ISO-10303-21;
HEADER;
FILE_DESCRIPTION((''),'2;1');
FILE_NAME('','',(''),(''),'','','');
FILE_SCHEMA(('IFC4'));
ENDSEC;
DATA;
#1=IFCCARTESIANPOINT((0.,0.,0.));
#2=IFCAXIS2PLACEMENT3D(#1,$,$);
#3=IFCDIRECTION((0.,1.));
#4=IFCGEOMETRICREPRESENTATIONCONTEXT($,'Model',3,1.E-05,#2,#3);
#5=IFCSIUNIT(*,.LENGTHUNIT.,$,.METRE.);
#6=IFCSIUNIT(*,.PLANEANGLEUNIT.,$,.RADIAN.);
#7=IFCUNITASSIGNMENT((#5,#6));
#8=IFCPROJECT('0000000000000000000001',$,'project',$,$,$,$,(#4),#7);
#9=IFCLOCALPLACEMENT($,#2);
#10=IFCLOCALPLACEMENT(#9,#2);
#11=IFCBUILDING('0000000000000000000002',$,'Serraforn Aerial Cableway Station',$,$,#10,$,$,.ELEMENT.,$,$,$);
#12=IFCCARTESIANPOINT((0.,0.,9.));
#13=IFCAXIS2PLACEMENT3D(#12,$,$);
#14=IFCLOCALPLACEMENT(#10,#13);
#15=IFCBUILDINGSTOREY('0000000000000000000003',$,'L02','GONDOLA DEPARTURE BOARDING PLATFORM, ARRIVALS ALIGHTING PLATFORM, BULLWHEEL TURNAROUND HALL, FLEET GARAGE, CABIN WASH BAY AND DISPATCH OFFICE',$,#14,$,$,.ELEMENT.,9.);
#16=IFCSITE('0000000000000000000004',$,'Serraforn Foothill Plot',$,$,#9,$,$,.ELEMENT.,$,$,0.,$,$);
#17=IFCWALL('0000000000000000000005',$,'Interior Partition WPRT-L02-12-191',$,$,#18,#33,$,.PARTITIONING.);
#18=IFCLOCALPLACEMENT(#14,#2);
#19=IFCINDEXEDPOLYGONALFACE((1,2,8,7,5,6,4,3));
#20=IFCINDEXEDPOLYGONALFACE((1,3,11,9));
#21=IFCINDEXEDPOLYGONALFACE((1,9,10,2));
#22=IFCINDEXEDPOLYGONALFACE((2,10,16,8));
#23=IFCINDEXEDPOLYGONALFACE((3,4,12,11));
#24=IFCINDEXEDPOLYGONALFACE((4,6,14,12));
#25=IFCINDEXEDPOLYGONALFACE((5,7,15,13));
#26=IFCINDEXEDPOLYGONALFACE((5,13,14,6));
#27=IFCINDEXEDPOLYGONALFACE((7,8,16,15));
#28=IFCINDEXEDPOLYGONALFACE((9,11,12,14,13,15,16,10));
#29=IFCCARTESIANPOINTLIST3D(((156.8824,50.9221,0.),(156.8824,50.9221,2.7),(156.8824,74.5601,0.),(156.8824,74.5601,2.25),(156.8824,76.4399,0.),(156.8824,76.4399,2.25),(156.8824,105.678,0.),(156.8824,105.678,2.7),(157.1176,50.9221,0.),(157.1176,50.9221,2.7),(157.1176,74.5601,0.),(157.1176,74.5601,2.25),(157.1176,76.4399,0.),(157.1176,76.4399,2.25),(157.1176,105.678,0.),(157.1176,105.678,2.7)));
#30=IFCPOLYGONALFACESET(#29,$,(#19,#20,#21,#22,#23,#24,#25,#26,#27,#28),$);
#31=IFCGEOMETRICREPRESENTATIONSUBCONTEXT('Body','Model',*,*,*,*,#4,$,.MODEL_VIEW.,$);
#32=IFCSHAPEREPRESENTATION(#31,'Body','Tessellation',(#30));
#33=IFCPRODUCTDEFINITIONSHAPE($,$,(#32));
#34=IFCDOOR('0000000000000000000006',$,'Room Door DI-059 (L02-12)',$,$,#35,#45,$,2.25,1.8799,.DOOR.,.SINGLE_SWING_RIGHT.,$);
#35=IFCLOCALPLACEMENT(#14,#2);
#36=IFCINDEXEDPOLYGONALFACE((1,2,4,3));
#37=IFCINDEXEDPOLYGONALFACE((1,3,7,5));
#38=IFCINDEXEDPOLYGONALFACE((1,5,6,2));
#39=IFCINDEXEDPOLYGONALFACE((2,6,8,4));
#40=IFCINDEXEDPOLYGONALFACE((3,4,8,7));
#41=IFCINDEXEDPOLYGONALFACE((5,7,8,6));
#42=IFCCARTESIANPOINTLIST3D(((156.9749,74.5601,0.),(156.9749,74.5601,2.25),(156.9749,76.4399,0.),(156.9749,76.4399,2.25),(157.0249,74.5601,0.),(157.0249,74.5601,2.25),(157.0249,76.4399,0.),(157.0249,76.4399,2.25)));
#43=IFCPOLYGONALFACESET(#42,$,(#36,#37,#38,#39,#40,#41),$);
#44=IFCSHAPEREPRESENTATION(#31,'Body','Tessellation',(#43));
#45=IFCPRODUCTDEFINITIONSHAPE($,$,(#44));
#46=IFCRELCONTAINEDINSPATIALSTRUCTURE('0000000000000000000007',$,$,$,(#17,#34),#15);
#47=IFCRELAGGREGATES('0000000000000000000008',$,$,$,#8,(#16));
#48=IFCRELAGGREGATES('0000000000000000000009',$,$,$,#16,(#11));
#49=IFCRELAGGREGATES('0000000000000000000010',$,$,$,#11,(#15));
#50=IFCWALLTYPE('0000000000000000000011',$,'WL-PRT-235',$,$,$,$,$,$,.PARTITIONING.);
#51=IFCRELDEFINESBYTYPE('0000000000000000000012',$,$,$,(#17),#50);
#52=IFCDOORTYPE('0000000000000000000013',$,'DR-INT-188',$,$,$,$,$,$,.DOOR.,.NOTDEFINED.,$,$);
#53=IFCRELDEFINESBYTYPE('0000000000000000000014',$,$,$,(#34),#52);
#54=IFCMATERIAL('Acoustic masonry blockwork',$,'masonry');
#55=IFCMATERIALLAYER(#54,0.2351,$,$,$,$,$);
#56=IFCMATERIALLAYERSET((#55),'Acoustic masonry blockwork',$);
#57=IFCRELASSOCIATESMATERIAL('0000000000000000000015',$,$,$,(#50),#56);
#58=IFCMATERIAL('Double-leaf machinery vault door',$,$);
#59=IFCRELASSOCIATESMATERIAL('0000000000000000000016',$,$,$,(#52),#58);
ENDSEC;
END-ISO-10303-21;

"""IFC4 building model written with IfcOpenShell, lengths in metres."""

from ifc_helpers import new_model, si_unit, direction, frame, frame_2d, origin, place, context, subcontext, project, spatial, rectangle, extrude, material, layer, layer_set, type_object, element, fill, save


model = new_model("IFC4")

# Units and contexts
model_context = context("Model", 3, precision=1e-05, world=origin(), true_north=direction((0.0, 1.0)))
body_context = subcontext(model_context, "Body", "Model", "MODEL_VIEW")
ifc_project = project(units=[si_unit("LENGTHUNIT", "METRE"), si_unit("PLANEANGLEUNIT", "RADIAN")], contexts=[model_context])

# Site, building, storey
site_placement = place(None, origin())
site = spatial("IfcSite", under=ifc_project, at=site_placement, Name="Serraforn Foothill Plot", CompositionType="ELEMENT", RefElevation=0.0)
building_placement = place(site_placement, origin())
building = spatial("IfcBuilding", under=site, at=building_placement, Name="Serraforn Aerial Cableway Station", CompositionType="ELEMENT")
storey_placement = place(building_placement, frame((0.0, 0.0, 9.0)))
storey = spatial("IfcBuildingStorey", under=building, at=storey_placement, Name="L02", Description="GONDOLA DEPARTURE BOARDING PLATFORM, ARRIVALS ALIGHTING PLATFORM, BULLWHEEL TURNAROUND HALL, FLEET GARAGE, CABIN WASH BAY AND DISPATCH OFFICE", CompositionType="ELEMENT", Elevation=9.0)

# Wall, opening, door
ifc_material_1 = material(Name="Acoustic masonry blockwork", Category="masonry")
ifc_layer_1 = layer(ifc_material_1, 0.2351)
ifc_layer_set_1 = layer_set([ifc_layer_1], Name="Acoustic masonry blockwork")
wall_type_1 = type_object("IfcWallType", Name="WL-PRT-235", PredefinedType="PARTITIONING", material=ifc_layer_set_1)
wall_1_placement = place(storey_placement, frame((157.0, 105.678, 0.0), z_axis=(0.0, 0.0, 1.0), x_axis=(0.0, -1.0, 0.0)))
wall_1 = element("IfcWall", 1, at=wall_1_placement, inside=storey, type_object=wall_type_1, Name="Interior Partition WPRT-L02-12-191", PredefinedType="PARTITIONING", context=body_context, shape_type="SweptSolid", body=[
    extrude(rectangle(XDim=54.7559, YDim=0.2351, at=frame_2d((27.3779, 0.0))), origin(), (0.0, 0.0, 1.0), 2.7),
])
opening_placement = place(wall_1_placement, frame((29.238, 0.0, 0.0)))
opening = element("IfcOpeningElement", 2, at=opening_placement, cuts=wall_1, PredefinedType="OPENING", context=body_context, shape_type="SweptSolid", body=[
    extrude(rectangle(XDim=1.8799, YDim=2.25, at=frame_2d((0.9399, 1.125))), frame((0.0, 0.1274, 0.0), z_axis=(0.0, -1.0, 0.0), x_axis=(1.0, 0.0, 0.0)), (0.0, 0.0, 1.0), 0.2551),
])
ifc_material_2 = material(Name="Double-leaf machinery vault door")
door_type = type_object("IfcDoorType", Name="DR-INT-188", OperationType="NOTDEFINED", PredefinedType="DOOR", material=ifc_material_2)
door_placement = place(opening_placement, origin())
door = element("IfcDoor", 3, at=door_placement, inside=storey, type_object=door_type, Name="Room Door DI-059 (L02-12)", OperationType="SINGLE_SWING_RIGHT", OverallHeight=2.25, OverallWidth=1.8799, PredefinedType="DOOR", context=body_context, shape_type="SweptSolid", body=[
    extrude(rectangle(XDim=1.8799, YDim=2.25, at=frame_2d((0.9399, 1.125))), frame((0.0, 0.0249, 0.0), z_axis=(0.0, -1.0, 0.0), x_axis=(1.0, 0.0, 0.0)), (0.0, 0.0, 1.0), 0.05),
])
fill(opening, door)

save(model, "model.ifc")
